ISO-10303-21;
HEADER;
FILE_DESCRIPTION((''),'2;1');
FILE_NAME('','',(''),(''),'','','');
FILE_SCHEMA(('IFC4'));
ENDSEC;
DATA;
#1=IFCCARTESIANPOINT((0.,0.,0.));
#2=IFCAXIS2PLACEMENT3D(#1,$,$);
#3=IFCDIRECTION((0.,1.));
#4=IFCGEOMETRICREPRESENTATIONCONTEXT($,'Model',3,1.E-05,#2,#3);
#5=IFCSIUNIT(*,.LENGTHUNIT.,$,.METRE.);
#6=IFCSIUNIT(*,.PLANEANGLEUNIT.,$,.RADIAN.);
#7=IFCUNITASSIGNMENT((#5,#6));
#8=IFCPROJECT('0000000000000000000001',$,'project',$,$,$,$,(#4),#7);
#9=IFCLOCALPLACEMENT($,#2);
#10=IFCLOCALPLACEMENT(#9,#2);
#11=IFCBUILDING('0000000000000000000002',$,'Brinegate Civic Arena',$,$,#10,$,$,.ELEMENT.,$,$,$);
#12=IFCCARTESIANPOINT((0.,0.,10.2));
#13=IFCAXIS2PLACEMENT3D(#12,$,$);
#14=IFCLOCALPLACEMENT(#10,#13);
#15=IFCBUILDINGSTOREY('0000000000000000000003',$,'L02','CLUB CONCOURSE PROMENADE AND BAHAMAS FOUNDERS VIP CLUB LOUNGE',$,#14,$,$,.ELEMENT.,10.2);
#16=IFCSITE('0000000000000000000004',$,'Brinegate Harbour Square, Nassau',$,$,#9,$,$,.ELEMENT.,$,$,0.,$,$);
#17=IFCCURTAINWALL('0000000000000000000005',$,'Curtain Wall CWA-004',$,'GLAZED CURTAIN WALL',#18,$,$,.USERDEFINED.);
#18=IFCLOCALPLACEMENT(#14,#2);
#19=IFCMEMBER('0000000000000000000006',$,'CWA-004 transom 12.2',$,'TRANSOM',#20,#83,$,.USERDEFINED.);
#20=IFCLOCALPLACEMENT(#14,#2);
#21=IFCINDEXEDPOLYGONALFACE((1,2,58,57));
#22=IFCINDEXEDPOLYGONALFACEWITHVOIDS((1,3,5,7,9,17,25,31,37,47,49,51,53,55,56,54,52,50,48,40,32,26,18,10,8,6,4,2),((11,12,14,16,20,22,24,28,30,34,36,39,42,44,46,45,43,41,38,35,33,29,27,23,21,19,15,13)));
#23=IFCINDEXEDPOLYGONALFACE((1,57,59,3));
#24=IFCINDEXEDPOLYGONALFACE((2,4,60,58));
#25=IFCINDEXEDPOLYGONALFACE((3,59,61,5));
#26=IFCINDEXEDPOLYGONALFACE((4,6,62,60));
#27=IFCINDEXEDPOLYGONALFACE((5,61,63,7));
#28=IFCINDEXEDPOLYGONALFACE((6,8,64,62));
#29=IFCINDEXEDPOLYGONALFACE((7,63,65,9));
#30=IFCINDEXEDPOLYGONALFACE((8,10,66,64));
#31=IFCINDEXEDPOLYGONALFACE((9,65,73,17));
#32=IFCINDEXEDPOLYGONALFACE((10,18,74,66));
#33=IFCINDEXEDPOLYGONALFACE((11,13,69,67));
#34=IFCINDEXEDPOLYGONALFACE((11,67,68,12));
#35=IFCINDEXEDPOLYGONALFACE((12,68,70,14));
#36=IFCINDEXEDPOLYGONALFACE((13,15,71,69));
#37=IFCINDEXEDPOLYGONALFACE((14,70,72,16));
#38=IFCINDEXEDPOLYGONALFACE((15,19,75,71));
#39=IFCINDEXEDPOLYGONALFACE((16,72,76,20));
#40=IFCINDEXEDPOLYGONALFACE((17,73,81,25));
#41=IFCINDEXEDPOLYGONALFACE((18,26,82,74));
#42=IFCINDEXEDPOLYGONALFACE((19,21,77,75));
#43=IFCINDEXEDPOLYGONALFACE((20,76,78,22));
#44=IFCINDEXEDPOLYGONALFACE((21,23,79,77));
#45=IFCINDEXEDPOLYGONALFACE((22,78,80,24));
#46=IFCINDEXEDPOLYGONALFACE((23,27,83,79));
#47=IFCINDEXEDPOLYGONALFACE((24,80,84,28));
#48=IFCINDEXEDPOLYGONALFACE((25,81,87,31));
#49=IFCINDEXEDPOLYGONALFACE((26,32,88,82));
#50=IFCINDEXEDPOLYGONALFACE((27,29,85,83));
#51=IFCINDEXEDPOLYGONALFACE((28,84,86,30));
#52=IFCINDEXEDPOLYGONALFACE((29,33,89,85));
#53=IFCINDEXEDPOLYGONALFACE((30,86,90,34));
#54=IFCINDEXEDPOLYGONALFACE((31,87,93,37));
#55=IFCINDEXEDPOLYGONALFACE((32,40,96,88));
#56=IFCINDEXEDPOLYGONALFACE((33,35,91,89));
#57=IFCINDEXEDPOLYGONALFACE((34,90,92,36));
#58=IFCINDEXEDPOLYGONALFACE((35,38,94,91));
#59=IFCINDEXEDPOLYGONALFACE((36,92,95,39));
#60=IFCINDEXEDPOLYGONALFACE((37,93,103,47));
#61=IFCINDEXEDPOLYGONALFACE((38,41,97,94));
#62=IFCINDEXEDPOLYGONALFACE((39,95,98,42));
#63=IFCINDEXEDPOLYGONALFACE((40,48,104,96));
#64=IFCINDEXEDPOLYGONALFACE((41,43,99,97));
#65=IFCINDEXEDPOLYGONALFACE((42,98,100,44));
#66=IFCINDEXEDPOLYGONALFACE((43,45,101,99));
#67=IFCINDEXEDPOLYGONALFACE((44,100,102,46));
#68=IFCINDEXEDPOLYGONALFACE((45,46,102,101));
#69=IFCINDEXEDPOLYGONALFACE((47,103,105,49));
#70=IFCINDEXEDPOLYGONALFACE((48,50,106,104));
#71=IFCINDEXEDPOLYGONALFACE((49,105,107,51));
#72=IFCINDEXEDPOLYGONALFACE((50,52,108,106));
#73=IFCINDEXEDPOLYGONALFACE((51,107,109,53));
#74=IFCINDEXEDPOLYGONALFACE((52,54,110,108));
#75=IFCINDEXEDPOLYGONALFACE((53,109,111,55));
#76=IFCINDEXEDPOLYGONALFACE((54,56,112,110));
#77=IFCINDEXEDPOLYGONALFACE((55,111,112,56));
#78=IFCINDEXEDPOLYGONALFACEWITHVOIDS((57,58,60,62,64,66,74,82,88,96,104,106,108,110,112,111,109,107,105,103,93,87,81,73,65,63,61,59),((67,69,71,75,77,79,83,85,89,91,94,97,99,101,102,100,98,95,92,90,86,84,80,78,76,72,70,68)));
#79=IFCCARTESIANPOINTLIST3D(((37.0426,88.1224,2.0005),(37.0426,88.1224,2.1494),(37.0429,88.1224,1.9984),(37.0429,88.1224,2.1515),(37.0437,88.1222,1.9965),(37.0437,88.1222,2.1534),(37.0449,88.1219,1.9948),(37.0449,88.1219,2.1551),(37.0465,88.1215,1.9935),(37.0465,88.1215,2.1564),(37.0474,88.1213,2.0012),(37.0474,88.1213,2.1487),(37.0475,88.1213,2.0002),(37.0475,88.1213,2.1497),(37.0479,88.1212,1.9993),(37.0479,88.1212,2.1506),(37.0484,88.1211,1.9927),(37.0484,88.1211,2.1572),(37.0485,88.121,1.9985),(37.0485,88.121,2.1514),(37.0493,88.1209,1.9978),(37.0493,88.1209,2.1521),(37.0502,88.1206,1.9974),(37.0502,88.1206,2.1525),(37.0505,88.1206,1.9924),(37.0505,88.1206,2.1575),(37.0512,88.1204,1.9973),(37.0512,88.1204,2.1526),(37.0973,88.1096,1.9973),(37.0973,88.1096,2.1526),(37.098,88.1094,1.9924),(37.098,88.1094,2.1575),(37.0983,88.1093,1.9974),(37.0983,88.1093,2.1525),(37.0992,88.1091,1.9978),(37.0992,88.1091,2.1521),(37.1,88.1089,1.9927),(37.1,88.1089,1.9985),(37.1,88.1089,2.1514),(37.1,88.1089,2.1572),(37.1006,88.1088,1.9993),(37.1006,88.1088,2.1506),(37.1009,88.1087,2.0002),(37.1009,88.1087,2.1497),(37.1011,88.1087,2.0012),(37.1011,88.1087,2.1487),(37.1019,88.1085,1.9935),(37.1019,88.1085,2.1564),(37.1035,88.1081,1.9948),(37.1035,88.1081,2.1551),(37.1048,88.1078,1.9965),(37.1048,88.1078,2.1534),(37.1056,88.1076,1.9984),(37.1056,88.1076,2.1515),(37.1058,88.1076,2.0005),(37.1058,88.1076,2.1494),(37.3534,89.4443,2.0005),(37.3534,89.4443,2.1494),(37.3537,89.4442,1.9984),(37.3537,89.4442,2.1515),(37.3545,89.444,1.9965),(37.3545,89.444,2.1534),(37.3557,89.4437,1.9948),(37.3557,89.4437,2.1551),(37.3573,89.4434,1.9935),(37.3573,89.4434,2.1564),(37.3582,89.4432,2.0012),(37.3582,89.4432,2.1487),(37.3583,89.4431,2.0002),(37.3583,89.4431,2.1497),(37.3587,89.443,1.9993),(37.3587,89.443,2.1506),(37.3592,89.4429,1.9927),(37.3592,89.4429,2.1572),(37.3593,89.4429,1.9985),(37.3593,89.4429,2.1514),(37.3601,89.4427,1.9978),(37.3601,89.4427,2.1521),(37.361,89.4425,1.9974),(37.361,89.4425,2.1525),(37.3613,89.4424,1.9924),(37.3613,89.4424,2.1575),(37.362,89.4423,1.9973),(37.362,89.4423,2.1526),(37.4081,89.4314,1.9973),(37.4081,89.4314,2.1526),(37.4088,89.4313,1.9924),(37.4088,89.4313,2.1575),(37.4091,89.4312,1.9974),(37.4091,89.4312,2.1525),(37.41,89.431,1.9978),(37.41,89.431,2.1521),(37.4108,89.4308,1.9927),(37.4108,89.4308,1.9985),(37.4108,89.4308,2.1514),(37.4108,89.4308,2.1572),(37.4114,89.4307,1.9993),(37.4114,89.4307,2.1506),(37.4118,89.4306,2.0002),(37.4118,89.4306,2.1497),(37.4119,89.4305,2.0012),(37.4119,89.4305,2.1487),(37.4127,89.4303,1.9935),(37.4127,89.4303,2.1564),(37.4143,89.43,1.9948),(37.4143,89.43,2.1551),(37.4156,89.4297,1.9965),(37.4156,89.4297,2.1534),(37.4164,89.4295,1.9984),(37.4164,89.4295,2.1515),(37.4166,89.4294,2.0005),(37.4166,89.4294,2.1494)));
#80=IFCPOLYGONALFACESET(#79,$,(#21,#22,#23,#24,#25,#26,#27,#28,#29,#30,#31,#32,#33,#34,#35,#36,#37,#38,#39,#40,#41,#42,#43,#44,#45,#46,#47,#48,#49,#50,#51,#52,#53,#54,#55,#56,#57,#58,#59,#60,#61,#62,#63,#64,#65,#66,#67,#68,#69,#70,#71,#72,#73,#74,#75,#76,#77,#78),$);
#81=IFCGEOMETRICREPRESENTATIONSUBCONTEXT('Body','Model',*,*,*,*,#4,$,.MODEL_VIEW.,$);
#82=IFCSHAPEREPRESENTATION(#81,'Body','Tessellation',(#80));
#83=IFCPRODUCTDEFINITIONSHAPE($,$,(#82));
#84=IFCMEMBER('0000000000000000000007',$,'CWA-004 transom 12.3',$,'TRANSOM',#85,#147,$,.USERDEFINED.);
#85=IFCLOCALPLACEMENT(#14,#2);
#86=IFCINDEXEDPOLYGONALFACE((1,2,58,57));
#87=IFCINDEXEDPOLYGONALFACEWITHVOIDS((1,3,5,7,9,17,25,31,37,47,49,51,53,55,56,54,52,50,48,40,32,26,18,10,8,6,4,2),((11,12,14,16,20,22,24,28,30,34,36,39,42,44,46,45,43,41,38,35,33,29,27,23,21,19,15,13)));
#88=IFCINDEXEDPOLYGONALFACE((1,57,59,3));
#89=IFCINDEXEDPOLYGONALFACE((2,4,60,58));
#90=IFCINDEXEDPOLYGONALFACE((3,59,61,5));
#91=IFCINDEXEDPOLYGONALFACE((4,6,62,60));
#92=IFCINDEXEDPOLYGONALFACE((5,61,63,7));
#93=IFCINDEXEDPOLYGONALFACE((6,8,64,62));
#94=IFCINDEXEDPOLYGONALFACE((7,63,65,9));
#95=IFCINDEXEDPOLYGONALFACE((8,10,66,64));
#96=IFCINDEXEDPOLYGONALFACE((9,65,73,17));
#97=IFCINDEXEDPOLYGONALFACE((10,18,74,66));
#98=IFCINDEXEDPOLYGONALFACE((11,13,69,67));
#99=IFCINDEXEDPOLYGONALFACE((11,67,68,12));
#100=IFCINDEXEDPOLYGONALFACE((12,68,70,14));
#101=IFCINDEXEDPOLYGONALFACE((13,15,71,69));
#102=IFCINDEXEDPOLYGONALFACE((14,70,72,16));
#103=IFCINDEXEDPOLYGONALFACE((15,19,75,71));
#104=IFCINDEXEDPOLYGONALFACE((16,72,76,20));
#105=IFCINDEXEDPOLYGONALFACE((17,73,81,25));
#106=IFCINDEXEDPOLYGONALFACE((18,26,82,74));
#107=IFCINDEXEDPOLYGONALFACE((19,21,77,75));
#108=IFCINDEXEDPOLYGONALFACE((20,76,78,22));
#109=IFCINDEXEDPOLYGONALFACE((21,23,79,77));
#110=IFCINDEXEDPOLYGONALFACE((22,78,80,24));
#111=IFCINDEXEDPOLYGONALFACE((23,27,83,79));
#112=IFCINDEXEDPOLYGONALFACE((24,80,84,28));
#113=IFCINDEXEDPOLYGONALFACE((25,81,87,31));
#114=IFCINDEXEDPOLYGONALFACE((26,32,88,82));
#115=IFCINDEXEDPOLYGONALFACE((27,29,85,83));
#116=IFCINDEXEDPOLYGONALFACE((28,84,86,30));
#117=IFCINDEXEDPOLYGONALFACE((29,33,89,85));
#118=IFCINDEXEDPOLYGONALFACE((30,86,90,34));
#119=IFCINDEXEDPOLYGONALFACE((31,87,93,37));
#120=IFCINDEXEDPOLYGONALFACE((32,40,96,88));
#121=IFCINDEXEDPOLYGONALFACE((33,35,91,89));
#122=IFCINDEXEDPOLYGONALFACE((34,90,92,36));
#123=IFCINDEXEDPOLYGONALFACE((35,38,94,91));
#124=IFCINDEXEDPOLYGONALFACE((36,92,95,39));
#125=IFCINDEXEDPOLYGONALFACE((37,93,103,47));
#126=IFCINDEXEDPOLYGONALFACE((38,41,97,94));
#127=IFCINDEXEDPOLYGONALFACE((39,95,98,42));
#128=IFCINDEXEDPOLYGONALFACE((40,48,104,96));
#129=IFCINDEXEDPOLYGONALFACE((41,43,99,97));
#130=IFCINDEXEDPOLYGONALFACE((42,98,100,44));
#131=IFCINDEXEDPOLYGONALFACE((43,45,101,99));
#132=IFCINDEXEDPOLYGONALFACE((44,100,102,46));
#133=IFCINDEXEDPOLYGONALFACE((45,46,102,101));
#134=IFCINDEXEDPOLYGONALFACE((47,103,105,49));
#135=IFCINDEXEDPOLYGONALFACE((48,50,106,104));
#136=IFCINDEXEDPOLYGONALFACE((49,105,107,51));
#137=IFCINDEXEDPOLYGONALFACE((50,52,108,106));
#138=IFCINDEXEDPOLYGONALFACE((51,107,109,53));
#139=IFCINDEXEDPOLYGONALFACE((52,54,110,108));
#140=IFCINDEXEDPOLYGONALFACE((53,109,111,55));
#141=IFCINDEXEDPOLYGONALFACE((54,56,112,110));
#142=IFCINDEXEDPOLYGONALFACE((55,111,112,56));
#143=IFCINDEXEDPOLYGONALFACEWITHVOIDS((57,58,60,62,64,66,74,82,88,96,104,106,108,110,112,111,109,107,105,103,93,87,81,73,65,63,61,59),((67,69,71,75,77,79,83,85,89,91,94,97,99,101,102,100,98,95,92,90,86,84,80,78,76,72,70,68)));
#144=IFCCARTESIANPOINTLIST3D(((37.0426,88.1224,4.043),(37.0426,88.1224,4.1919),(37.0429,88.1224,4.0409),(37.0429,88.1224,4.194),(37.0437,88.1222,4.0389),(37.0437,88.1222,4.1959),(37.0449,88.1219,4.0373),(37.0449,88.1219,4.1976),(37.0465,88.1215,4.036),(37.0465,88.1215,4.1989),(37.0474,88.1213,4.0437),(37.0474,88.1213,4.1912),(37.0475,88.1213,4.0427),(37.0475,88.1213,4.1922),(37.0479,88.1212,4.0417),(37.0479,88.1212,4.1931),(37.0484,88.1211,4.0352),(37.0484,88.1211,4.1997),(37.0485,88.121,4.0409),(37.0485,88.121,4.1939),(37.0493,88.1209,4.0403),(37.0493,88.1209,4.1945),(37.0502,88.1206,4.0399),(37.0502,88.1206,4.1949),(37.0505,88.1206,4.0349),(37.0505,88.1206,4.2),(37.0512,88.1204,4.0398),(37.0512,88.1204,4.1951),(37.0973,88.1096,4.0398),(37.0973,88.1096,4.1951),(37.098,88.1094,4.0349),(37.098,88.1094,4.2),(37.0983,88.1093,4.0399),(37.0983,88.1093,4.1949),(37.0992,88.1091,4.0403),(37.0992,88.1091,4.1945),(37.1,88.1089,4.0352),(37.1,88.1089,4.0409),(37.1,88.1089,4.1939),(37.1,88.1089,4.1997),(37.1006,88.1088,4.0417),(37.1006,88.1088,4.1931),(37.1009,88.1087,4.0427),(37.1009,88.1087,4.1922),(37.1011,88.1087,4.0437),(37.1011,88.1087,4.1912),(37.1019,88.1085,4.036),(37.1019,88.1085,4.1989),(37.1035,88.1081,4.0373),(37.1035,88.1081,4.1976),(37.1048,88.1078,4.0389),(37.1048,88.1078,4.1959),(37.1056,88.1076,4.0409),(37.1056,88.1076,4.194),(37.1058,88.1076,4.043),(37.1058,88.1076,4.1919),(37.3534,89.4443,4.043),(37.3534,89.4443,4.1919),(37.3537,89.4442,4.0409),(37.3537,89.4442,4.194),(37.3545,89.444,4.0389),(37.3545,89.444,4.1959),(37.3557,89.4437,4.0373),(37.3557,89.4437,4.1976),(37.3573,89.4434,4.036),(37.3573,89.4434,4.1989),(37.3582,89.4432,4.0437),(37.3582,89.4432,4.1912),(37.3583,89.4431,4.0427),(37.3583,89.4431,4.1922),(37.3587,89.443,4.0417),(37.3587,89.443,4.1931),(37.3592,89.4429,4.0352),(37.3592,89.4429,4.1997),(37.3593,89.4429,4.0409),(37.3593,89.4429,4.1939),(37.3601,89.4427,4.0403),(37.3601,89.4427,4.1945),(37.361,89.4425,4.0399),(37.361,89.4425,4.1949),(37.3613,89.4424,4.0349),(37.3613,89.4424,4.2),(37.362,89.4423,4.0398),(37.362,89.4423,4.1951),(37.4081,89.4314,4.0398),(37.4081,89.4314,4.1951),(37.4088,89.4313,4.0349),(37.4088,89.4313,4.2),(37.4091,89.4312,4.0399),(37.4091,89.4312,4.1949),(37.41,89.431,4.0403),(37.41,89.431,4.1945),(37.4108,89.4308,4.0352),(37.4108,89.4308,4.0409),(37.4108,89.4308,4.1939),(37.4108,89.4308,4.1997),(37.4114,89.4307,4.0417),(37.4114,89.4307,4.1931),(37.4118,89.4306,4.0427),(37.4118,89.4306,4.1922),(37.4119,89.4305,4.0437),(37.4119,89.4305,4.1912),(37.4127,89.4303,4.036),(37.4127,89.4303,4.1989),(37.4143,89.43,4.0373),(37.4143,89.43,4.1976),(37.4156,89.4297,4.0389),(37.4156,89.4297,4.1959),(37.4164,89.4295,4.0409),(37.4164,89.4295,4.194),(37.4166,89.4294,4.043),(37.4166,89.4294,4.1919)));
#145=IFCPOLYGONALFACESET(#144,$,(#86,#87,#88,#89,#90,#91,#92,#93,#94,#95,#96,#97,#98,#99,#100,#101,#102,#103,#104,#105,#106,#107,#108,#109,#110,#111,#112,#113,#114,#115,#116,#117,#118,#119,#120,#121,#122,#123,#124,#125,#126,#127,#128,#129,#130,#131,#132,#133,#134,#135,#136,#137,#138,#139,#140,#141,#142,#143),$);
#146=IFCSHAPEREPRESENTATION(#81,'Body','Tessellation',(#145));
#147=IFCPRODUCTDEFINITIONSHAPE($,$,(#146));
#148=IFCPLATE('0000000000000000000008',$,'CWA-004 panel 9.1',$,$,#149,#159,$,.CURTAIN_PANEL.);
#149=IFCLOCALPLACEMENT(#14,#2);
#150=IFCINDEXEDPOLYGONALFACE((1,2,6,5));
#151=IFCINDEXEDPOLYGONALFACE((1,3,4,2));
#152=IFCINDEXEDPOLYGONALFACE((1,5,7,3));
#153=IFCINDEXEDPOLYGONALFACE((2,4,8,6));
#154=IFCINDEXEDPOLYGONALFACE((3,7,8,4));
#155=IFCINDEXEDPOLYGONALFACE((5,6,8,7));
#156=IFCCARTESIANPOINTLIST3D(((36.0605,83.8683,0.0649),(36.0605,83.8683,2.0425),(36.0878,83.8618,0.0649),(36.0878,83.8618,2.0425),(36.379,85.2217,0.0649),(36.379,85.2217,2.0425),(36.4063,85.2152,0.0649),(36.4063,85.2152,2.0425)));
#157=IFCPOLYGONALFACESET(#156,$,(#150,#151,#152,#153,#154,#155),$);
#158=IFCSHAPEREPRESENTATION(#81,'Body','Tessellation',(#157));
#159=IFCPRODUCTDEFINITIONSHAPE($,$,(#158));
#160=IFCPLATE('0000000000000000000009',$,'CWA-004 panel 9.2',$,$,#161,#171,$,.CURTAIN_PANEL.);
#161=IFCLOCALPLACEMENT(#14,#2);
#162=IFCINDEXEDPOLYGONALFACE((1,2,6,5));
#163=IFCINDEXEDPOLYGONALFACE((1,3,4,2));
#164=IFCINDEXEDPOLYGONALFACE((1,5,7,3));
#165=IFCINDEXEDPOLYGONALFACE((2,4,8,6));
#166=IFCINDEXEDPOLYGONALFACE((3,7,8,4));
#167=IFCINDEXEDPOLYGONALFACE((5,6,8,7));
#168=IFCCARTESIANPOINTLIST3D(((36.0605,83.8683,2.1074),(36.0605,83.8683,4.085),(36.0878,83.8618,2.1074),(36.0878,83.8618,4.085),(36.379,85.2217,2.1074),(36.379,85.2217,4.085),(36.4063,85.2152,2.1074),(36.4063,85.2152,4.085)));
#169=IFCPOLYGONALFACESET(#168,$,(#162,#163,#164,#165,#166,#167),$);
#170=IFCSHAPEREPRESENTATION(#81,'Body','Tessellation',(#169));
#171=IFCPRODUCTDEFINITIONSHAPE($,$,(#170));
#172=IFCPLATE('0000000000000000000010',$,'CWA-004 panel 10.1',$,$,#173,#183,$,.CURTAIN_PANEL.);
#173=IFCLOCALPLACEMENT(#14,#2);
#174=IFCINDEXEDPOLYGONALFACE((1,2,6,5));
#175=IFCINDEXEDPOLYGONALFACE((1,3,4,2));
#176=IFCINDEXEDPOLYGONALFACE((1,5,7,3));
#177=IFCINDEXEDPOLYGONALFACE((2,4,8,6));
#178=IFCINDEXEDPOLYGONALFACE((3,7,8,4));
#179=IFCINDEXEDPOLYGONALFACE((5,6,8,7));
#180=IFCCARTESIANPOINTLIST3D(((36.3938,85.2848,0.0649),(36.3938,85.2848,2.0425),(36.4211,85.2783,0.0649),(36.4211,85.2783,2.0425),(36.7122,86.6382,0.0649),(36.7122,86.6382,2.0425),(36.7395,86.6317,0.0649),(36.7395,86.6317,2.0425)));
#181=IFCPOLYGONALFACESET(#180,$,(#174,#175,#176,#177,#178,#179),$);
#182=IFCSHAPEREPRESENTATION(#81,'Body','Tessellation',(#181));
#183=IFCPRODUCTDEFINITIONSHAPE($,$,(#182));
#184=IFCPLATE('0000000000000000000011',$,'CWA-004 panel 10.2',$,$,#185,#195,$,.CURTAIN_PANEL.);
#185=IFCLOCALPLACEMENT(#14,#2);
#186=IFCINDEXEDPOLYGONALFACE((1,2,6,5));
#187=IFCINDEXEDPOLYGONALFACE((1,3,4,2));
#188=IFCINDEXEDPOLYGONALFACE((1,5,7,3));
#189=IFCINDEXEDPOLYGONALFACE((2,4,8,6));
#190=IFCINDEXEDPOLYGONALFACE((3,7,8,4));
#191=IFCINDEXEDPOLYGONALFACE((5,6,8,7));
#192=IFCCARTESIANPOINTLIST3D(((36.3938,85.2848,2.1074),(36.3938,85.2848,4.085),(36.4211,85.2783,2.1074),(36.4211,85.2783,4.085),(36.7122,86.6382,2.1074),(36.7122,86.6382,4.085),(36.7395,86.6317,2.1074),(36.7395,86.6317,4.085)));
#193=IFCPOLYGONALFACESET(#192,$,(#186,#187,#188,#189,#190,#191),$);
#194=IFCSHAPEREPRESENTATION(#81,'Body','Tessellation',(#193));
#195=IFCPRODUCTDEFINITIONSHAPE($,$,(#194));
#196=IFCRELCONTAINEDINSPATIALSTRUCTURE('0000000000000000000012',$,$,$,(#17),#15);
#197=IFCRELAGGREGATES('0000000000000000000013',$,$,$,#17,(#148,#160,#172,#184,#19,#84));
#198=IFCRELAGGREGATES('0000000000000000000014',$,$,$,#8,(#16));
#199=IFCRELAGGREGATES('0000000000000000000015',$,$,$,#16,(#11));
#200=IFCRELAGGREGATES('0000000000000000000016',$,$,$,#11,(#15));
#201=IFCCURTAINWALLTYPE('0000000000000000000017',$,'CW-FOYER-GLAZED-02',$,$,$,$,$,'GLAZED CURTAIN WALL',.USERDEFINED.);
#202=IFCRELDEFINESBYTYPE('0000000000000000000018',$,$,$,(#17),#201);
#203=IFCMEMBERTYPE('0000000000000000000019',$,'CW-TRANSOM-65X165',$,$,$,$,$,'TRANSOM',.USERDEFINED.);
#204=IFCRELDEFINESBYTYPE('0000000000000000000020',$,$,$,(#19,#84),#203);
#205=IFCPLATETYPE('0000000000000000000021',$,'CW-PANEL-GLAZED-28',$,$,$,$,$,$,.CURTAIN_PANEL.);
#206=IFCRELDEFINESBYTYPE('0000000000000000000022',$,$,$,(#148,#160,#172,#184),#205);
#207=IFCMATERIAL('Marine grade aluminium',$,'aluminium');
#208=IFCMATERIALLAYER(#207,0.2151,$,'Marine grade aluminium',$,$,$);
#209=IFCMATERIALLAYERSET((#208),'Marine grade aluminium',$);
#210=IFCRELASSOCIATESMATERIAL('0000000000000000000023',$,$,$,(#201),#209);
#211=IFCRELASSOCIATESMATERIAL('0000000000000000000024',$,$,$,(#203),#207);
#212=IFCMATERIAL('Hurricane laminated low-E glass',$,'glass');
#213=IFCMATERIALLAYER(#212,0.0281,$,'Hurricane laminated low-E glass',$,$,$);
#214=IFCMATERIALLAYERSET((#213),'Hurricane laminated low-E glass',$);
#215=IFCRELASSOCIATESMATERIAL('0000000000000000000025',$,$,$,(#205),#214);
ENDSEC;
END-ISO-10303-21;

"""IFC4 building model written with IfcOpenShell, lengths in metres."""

from ifc_helpers import new_model, si_unit, direction, frame, origin, origin_2d, place, context, subcontext, project, spatial, rectangle, hollow_rectangle, extrude, material, layer, layer_set, material_profile, profile_set, type_object, element, aggregate, save


model = new_model("IFC4")

# Units and contexts
model_context = context("Model", 3, precision=1e-05, world=origin(), true_north=direction((0.0, 1.0)))
body_context = subcontext(model_context, "Body", "Model", "MODEL_VIEW")
ifc_project = project(units=[si_unit("LENGTHUNIT", "METRE"), si_unit("PLANEANGLEUNIT", "RADIAN")], contexts=[model_context])

# Site, building, storey
site_placement = place(None, origin())
site = spatial("IfcSite", under=ifc_project, at=site_placement, Name="Brinegate Harbour Square, Nassau", CompositionType="ELEMENT", RefElevation=0.0)
building_placement = place(site_placement, origin())
building = spatial("IfcBuilding", under=site, at=building_placement, Name="Brinegate Civic Arena", CompositionType="ELEMENT")
storey_placement = place(building_placement, frame((0.0, 0.0, 10.2)))
storey = spatial("IfcBuildingStorey", under=building, at=storey_placement, Name="L02", Description="CLUB CONCOURSE PROMENADE AND BAHAMAS FOUNDERS VIP CLUB LOUNGE", CompositionType="ELEMENT", Elevation=10.2)

# Curtain wall
ifc_material_1 = material(Name="Marine grade aluminium", Category="aluminium")
ifc_layer_1 = layer(ifc_material_1, 0.2151, Name="Marine grade aluminium")
ifc_layer_set_1 = layer_set([ifc_layer_1], Name="Marine grade aluminium")
curtain_wall_type_1 = type_object("IfcCurtainWallType", Name="CW-FOYER-GLAZED-02", ElementType="GLAZED CURTAIN WALL", PredefinedType="USERDEFINED", material=ifc_layer_set_1)
curtain_wall_1_placement = place(storey_placement, origin())
curtain_wall_1 = element("IfcCurtainWall", 1, at=curtain_wall_1_placement, inside=storey, type_object=curtain_wall_type_1, Name="Curtain Wall CWA-004", ObjectType="GLAZED CURTAIN WALL", PredefinedType="USERDEFINED")

# Members
ifc_material_profile_1 = material_profile(ifc_material_1, hollow_rectangle(XDim=0.0649, YDim=0.165, WallThickness=0.0049, InnerFilletRadius=0.0039, OuterFilletRadius=0.0081, at=origin_2d()), Name="TRN65X165")
ifc_profile_set_1 = profile_set([ifc_material_profile_1], Name="Marine grade aluminium")
member_type_1 = type_object("IfcMemberType", Name="CW-TRANSOM-65X165", ElementType="TRANSOM", PredefinedType="USERDEFINED", material=ifc_profile_set_1)
member_1_placement = place(storey_placement, frame((37.0742, 88.115, 2.075), z_axis=(0.228889, 0.973453, 0.0), x_axis=(-0.973453, 0.228889, 0.0)))
member_1 = element("IfcMember", 2, at=member_1_placement, type_object=member_type_1, Name="CWA-004 transom 12.2", ObjectType="TRANSOM", PredefinedType="USERDEFINED", context=body_context, shape_type="SweptSolid", body=[
    extrude(hollow_rectangle(XDim=0.0649, YDim=0.165, WallThickness=0.0049, InnerFilletRadius=0.0039, OuterFilletRadius=0.0081, at=origin_2d()), origin(), (0.0, 0.0, 1.0), 1.3579),
])
member_2_placement = place(storey_placement, frame((37.0742, 88.115, 4.1174), z_axis=(0.228889, 0.973453, 0.0), x_axis=(-0.973453, 0.228889, 0.0)))
member_2 = element("IfcMember", 3, at=member_2_placement, type_object=member_type_1, Name="CWA-004 transom 12.3", ObjectType="TRANSOM", PredefinedType="USERDEFINED", context=body_context, shape_type="SweptSolid", body=[
    extrude(hollow_rectangle(XDim=0.0649, YDim=0.165, WallThickness=0.0049, InnerFilletRadius=0.0039, OuterFilletRadius=0.0081, at=origin_2d()), origin(), (0.0, 0.0, 1.0), 1.3579),
])

# Plates
ifc_material_2 = material(Name="Hurricane laminated low-E glass", Category="glass")
ifc_layer_2 = layer(ifc_material_2, 0.0281, Name="Hurricane laminated low-E glass")
ifc_layer_set_2 = layer_set([ifc_layer_2], Name="Hurricane laminated low-E glass")
plate_type_1 = type_object("IfcPlateType", Name="CW-PANEL-GLAZED-28", PredefinedType="CURTAIN_PANEL", material=ifc_layer_set_2)
plate_1_placement = place(storey_placement, frame((36.2334, 84.5417, 0.0649), z_axis=(0.0, 0.0, 1.0), x_axis=(0.229039, 0.973417, 0.0)))
plate_1 = element("IfcPlate", 4, at=plate_1_placement, type_object=plate_type_1, Name="CWA-004 panel 9.1", PredefinedType="CURTAIN_PANEL", context=body_context, shape_type="SweptSolid", body=[
    extrude(rectangle(XDim=1.3904, YDim=0.0281, at=origin_2d()), origin(), (0.0, 0.0, 1.0), 1.9775),
])
plate_2_placement = place(storey_placement, frame((36.2334, 84.5417, 2.1074), z_axis=(0.0, 0.0, 1.0), x_axis=(0.229039, 0.973417, 0.0)))
plate_2 = element("IfcPlate", 5, at=plate_2_placement, type_object=plate_type_1, Name="CWA-004 panel 9.2", PredefinedType="CURTAIN_PANEL", context=body_context, shape_type="SweptSolid", body=[
    extrude(rectangle(XDim=1.3904, YDim=0.0281, at=origin_2d()), origin(), (0.0, 0.0, 1.0), 1.9775),
])
plate_3_placement = place(storey_placement, frame((36.5667, 85.9583, 0.0649), z_axis=(0.0, 0.0, 1.0), x_axis=(0.229039, 0.973417, 0.0)))
plate_3 = element("IfcPlate", 6, at=plate_3_placement, type_object=plate_type_1, Name="CWA-004 panel 10.1", PredefinedType="CURTAIN_PANEL", context=body_context, shape_type="SweptSolid", body=[
    extrude(rectangle(XDim=1.3904, YDim=0.0281, at=origin_2d()), origin(), (0.0, 0.0, 1.0), 1.9775),
])
plate_4_placement = place(storey_placement, frame((36.5667, 85.9583, 2.1074), z_axis=(0.0, 0.0, 1.0), x_axis=(0.229039, 0.973417, 0.0)))
plate_4 = element("IfcPlate", 7, at=plate_4_placement, type_object=plate_type_1, Name="CWA-004 panel 10.2", PredefinedType="CURTAIN_PANEL", context=body_context, shape_type="SweptSolid", body=[
    extrude(rectangle(XDim=1.3904, YDim=0.0281, at=origin_2d()), origin(), (0.0, 0.0, 1.0), 1.9775),
])
aggregate(curtain_wall_1, [plate_1, plate_2, plate_3, plate_4, member_1, member_2])

save(model, "model.ifc")
